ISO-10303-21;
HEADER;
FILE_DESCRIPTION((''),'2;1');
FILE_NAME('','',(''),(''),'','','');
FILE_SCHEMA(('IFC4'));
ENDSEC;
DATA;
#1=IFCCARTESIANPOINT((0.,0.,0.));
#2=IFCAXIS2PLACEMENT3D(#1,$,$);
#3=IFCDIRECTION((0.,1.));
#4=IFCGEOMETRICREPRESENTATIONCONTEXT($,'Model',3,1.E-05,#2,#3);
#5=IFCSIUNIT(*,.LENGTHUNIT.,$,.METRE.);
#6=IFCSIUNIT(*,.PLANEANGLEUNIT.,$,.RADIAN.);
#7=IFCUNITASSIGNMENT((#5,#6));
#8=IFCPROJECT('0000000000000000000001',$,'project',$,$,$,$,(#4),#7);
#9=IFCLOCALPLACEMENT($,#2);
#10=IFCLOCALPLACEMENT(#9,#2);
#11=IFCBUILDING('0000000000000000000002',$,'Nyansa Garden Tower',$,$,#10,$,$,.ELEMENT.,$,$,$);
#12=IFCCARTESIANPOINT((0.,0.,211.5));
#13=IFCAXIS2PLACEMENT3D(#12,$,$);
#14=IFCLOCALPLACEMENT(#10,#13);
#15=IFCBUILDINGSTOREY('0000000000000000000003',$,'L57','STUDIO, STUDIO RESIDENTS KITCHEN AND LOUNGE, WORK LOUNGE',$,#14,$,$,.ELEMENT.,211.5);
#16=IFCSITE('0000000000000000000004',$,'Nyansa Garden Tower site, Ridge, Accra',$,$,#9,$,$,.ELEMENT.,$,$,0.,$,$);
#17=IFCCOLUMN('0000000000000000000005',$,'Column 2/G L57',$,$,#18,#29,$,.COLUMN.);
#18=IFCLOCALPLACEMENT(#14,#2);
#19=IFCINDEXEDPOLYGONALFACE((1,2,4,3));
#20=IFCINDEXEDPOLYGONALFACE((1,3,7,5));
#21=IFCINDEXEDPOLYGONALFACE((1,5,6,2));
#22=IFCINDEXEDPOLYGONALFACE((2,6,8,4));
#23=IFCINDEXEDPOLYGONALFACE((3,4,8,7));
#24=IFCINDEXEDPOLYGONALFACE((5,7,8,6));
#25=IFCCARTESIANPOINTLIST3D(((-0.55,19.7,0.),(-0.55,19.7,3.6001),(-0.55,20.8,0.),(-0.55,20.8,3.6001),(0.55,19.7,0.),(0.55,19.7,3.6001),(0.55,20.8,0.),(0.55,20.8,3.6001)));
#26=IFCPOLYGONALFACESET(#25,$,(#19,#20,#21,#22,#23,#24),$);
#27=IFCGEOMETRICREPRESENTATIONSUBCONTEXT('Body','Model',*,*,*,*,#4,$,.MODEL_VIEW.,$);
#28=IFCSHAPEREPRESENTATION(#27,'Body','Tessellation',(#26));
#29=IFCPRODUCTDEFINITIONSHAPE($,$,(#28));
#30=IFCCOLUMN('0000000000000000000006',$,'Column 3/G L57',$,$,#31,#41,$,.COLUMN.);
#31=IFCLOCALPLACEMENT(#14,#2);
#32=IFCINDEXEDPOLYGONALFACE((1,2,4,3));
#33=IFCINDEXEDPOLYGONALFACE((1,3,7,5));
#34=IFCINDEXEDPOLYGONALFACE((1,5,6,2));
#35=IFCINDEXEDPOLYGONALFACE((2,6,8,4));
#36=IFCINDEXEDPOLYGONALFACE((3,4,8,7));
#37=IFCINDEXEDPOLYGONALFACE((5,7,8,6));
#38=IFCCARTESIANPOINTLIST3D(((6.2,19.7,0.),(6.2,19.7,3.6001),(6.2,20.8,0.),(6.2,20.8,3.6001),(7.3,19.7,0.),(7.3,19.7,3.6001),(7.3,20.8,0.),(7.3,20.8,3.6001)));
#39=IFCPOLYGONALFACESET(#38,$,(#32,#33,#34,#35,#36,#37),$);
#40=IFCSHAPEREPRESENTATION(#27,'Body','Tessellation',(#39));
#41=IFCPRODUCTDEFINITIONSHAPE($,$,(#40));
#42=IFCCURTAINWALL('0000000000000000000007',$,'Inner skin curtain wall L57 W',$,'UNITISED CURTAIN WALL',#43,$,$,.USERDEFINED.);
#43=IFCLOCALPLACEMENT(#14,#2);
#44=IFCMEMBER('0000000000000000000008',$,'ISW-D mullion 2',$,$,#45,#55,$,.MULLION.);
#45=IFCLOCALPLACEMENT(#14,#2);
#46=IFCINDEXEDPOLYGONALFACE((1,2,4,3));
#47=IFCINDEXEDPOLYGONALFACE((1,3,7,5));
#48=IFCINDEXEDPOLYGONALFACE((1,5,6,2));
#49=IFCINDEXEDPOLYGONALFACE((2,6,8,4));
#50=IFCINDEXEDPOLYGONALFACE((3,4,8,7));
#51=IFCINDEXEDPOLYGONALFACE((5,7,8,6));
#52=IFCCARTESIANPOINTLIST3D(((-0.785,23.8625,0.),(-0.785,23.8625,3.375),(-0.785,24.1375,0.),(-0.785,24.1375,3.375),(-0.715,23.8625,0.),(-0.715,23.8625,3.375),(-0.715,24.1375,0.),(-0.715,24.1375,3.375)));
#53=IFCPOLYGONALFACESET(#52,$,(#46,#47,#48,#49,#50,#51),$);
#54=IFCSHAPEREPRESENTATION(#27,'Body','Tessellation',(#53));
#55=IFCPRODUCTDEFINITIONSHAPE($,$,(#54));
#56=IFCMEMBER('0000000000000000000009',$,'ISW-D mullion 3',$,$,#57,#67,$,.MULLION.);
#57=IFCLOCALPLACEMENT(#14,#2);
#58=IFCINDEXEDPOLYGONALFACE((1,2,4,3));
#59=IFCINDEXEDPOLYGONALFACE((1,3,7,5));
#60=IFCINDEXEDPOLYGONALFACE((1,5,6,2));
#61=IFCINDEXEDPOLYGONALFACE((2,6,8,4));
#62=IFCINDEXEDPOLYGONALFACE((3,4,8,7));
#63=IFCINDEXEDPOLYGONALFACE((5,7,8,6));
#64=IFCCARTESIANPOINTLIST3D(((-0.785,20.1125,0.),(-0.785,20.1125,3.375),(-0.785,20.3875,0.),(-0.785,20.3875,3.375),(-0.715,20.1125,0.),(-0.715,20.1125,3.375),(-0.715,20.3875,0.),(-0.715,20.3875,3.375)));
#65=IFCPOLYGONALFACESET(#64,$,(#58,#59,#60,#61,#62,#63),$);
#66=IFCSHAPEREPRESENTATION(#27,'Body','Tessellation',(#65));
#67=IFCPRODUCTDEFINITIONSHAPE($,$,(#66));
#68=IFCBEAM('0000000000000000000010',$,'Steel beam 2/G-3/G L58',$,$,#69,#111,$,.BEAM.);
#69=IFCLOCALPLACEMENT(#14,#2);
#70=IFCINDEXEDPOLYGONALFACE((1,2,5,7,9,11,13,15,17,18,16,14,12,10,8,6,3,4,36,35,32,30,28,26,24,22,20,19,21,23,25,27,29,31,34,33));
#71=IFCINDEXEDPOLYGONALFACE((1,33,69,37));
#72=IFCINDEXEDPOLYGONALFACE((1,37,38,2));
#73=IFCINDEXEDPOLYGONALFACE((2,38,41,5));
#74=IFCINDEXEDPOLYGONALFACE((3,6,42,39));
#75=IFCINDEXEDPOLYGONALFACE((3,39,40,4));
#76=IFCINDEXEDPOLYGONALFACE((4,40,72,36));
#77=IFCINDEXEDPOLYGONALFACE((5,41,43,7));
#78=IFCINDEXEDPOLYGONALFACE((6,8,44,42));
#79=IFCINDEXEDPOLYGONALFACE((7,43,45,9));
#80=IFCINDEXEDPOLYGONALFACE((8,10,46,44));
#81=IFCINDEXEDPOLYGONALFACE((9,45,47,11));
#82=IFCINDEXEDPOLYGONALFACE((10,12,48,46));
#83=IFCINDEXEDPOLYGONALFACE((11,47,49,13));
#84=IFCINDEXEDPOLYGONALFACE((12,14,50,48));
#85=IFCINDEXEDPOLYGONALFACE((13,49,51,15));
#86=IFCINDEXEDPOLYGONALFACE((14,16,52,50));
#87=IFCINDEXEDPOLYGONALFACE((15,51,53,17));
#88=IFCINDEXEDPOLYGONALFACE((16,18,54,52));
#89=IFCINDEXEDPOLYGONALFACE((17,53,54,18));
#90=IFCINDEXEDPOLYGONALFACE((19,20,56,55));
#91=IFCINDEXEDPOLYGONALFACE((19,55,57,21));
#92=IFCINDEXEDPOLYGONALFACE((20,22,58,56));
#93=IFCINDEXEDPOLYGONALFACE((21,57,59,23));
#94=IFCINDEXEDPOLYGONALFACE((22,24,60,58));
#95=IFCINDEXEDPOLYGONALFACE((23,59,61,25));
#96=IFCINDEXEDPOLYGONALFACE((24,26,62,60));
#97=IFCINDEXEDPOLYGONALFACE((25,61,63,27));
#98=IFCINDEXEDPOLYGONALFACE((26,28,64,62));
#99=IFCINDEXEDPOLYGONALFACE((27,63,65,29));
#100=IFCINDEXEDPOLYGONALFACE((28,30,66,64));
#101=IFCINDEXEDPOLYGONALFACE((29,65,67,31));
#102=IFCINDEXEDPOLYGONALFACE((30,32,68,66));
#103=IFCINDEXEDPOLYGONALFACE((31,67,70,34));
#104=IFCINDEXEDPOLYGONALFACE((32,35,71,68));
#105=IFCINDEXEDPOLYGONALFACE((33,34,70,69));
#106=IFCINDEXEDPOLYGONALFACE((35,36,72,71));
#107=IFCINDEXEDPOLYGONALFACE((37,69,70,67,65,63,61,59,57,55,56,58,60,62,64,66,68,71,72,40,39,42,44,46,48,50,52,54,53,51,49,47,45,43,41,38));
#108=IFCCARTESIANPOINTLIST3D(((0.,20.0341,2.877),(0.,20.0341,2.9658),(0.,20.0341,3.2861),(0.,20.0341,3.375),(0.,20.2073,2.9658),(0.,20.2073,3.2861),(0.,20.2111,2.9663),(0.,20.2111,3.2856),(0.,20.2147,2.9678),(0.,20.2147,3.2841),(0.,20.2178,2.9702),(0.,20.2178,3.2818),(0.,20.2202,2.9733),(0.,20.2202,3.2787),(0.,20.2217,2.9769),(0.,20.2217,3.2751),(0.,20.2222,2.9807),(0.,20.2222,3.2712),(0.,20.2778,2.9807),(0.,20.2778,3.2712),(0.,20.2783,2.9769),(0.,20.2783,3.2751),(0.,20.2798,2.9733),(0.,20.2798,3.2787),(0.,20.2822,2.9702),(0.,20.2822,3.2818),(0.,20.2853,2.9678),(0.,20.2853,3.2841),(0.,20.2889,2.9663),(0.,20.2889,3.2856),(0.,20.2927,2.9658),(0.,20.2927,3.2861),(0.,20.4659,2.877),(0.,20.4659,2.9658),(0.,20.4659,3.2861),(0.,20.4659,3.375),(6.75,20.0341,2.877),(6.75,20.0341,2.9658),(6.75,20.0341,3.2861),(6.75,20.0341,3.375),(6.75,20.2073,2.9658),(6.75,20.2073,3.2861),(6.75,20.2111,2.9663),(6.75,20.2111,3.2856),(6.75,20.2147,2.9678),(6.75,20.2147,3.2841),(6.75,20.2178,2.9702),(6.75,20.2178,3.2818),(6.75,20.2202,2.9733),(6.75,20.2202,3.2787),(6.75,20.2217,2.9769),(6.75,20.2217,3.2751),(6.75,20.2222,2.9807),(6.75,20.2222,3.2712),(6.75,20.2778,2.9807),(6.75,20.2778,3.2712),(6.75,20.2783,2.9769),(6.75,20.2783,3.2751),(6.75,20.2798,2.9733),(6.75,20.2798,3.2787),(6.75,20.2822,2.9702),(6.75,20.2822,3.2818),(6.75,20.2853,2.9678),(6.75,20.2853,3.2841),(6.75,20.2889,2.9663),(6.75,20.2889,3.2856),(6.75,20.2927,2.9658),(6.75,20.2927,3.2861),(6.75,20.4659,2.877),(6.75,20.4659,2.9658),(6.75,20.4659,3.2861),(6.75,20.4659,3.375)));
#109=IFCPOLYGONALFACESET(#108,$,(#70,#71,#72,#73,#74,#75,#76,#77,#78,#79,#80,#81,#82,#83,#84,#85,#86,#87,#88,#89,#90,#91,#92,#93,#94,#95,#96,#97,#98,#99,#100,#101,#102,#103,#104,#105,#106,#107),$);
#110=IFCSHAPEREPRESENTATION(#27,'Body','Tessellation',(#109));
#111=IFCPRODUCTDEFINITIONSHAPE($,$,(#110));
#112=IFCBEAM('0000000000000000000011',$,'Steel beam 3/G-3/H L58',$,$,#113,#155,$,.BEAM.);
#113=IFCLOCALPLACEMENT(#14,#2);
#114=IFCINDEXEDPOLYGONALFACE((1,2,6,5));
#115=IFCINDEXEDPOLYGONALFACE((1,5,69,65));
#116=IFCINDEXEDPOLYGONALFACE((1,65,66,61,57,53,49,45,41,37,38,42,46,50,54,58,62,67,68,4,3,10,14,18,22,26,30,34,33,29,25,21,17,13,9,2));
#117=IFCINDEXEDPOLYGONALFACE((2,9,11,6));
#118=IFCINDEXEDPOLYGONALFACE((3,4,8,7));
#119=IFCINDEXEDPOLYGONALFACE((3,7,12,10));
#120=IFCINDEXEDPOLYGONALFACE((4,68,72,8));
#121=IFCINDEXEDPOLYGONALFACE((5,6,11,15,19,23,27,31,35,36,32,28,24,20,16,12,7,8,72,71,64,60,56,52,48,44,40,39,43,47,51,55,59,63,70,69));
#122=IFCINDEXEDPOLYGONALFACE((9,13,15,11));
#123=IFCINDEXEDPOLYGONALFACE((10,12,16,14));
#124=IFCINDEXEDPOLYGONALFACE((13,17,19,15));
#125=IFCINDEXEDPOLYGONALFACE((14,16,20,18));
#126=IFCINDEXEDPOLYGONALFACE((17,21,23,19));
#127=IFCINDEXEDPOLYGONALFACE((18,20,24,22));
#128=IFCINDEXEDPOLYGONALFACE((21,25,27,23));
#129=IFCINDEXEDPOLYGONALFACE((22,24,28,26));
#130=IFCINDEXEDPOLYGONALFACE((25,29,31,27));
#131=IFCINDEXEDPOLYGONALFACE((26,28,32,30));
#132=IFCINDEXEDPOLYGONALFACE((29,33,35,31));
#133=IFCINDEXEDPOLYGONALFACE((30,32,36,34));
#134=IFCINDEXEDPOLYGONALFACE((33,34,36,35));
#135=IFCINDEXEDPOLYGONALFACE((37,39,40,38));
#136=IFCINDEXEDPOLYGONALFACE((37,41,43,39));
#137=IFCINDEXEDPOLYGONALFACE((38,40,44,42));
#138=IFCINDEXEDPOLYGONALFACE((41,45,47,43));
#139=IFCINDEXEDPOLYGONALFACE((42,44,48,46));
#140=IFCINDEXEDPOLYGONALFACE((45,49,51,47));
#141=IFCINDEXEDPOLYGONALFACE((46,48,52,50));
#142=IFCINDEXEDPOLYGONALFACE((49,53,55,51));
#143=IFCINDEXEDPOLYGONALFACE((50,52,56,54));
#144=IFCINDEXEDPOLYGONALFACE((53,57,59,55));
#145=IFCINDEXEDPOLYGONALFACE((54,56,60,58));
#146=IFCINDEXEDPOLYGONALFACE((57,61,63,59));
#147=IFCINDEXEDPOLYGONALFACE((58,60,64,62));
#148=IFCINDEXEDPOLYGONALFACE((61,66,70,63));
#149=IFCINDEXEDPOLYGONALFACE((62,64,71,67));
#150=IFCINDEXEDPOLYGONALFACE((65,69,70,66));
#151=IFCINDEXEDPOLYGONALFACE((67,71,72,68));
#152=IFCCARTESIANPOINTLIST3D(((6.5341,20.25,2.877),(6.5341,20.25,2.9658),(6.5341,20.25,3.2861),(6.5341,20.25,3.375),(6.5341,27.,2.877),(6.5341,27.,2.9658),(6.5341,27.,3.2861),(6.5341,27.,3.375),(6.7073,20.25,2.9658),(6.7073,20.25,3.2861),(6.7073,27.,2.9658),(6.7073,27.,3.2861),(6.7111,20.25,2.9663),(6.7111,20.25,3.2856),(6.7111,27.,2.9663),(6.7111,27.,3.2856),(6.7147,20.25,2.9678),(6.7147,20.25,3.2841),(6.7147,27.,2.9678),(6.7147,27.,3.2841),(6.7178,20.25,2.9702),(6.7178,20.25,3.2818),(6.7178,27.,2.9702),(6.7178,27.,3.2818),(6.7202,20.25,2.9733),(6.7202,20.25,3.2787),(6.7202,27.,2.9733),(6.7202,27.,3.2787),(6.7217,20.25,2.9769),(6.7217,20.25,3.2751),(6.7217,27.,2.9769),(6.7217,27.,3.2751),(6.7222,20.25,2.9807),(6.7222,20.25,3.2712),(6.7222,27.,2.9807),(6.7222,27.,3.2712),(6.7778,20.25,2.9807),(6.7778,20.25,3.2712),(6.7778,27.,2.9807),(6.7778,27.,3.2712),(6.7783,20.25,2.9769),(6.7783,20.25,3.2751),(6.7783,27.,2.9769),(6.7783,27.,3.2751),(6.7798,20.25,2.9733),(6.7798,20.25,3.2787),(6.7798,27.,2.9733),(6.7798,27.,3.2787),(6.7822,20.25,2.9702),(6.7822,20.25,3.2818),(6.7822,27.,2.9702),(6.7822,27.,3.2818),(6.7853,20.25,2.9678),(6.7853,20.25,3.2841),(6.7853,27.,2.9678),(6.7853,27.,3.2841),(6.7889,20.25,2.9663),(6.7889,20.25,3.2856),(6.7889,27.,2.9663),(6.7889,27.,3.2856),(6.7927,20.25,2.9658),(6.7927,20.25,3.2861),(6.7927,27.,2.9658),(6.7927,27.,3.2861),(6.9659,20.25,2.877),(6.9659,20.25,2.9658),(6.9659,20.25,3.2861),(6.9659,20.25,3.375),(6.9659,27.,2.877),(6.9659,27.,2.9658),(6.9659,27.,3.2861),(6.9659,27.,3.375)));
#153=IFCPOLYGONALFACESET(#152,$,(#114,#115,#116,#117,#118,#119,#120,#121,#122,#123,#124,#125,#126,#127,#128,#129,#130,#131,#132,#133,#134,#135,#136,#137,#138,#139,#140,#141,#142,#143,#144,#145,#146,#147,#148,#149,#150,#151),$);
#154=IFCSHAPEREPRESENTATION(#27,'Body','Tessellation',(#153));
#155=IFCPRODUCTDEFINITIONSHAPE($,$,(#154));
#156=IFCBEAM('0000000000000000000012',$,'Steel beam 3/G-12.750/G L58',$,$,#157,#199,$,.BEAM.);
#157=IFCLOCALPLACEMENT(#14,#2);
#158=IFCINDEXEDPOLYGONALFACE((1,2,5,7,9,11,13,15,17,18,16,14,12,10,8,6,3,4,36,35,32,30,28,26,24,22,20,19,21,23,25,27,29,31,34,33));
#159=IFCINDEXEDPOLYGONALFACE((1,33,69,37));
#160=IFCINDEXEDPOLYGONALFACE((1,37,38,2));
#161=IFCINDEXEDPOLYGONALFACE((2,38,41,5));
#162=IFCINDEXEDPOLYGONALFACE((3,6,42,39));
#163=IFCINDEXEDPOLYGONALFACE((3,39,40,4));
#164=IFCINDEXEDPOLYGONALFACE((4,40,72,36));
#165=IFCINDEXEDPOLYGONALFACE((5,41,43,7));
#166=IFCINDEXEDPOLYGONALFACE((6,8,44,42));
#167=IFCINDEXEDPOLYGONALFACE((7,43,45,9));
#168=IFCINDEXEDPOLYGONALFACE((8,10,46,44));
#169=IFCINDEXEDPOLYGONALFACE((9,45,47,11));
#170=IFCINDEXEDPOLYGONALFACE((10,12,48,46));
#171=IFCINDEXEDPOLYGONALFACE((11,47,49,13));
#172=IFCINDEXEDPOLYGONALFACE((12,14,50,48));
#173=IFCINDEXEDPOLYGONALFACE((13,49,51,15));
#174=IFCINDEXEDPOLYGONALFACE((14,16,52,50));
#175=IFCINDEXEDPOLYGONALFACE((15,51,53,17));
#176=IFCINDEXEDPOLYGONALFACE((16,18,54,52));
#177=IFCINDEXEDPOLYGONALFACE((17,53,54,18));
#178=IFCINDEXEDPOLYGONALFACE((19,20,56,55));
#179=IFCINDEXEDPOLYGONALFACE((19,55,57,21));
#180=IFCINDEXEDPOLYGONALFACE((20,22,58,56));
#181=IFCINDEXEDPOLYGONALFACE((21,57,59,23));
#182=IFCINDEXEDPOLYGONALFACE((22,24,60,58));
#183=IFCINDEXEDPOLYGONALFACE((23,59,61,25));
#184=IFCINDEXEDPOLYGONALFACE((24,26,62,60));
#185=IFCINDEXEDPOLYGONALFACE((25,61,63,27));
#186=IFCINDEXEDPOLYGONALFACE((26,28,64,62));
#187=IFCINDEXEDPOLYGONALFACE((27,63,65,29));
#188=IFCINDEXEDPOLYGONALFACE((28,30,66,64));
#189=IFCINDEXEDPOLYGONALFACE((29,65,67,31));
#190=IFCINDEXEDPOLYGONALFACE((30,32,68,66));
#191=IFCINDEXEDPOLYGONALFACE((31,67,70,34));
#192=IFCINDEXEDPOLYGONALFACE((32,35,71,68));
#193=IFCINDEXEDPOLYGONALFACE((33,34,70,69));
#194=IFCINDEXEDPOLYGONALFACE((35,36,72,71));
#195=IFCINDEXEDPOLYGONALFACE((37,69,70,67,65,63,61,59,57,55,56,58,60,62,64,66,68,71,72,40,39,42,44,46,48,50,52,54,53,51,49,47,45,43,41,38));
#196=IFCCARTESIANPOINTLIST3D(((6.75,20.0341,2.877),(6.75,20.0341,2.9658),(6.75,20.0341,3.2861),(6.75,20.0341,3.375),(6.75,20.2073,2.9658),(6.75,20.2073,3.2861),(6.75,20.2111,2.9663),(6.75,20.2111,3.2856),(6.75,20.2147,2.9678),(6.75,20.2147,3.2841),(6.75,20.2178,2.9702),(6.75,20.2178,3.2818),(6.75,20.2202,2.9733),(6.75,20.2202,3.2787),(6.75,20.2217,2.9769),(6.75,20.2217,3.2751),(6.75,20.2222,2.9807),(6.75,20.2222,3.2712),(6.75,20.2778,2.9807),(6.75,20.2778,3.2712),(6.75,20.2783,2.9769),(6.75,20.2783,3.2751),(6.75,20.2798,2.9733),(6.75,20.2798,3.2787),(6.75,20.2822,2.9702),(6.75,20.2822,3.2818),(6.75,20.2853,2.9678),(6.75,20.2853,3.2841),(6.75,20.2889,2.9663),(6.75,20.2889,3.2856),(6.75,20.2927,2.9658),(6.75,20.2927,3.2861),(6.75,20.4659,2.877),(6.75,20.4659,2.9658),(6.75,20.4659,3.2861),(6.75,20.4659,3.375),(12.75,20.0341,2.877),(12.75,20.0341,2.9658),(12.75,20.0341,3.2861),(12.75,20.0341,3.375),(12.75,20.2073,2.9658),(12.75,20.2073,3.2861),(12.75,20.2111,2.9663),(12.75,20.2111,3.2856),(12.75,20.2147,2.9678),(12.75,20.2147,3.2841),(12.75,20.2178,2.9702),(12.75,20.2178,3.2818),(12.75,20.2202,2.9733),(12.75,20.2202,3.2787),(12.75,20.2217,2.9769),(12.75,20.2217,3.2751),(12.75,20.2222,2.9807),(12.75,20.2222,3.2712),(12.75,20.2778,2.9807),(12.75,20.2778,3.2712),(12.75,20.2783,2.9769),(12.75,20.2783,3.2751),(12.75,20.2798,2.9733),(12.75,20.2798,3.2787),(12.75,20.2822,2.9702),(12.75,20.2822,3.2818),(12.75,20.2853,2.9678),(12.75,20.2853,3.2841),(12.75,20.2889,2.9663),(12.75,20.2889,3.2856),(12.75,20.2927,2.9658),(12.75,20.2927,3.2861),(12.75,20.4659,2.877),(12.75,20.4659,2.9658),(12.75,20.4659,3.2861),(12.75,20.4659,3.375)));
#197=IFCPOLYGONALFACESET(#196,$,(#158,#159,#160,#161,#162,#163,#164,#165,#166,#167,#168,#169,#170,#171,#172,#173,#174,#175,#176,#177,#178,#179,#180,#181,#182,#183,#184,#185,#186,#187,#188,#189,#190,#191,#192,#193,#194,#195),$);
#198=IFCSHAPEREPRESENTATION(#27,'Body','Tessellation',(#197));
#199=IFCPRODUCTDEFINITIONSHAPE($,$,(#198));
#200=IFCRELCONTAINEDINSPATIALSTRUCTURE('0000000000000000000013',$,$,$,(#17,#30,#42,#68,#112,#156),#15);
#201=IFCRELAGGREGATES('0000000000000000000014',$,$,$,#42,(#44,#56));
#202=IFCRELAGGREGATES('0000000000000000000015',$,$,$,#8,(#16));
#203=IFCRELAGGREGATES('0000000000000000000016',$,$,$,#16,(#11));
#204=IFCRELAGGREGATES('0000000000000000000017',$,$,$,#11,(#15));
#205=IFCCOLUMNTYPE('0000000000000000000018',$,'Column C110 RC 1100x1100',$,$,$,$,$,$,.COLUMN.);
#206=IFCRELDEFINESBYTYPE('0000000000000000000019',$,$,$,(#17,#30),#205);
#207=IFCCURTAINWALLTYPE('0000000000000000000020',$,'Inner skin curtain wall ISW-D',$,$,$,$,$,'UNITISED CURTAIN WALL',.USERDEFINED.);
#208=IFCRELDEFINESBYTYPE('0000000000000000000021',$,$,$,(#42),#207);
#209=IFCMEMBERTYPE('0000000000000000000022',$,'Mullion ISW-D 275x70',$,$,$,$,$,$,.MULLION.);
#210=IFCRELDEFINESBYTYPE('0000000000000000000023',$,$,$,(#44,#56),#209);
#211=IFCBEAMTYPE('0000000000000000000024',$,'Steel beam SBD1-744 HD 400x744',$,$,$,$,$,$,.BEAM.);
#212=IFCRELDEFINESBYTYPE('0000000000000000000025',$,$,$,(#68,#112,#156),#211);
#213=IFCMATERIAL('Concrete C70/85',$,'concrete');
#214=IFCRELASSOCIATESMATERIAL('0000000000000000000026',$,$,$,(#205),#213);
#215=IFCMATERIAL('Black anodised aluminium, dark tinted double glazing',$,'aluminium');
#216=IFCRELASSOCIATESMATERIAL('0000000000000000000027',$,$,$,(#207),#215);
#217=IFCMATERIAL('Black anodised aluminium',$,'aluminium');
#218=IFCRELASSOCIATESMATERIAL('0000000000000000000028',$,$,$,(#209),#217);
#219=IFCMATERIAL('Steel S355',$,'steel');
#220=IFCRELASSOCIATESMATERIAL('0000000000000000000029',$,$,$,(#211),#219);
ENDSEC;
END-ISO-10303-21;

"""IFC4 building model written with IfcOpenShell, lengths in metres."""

from ifc_helpers import new_model, si_unit, direction, frame, origin, origin_2d, place, context, subcontext, project, spatial, rectangle, i_section, extrude, material, material_profile, profile_set, type_object, element, aggregate, save


model = new_model("IFC4")

# Units and contexts
model_context = context("Model", 3, precision=1e-05, world=origin(), true_north=direction((0.0, 1.0)))
body_context = subcontext(model_context, "Body", "Model", "MODEL_VIEW")
ifc_project = project(units=[si_unit("LENGTHUNIT", "METRE"), si_unit("PLANEANGLEUNIT", "RADIAN")], contexts=[model_context])

# Site, building, storey
site_placement = place(None, origin())
site = spatial("IfcSite", under=ifc_project, at=site_placement, Name="Nyansa Garden Tower site, Ridge, Accra", CompositionType="ELEMENT", RefElevation=0.0)
building_placement = place(site_placement, origin())
building = spatial("IfcBuilding", under=site, at=building_placement, Name="Nyansa Garden Tower", CompositionType="ELEMENT")
storey_placement = place(building_placement, frame((0.0, 0.0, 211.5)))
storey = spatial("IfcBuildingStorey", under=building, at=storey_placement, Name="L57", Description="STUDIO, STUDIO RESIDENTS KITCHEN AND LOUNGE, WORK LOUNGE", CompositionType="ELEMENT", Elevation=211.5)

# Columns
ifc_material_1 = material(Name="Concrete C70/85", Category="concrete")
ifc_material_profile_1 = material_profile(ifc_material_1, rectangle(XDim=1.1001, YDim=1.1001, at=origin_2d()), Name="RC 1100x1100")
ifc_profile_set_1 = profile_set([ifc_material_profile_1], Name="Concrete C70/85")
column_type = type_object("IfcColumnType", Name="Column C110 RC 1100x1100", PredefinedType="COLUMN", material=ifc_profile_set_1)
for number, where, z_axis, x_axis, name in (
    (1, (0.0, 20.25, 0.0), (0.0, 0.0, 1.0), (1.0, 0.0, 0.0), "Column 2/G L57"),
    (2, (6.75, 20.25, 0.0), (0.0, 0.0, 1.0), (1.0, 0.0, 0.0), "Column 3/G L57"),
):
    element("IfcColumn", number, at=place(storey_placement, frame(where, z_axis=z_axis, x_axis=x_axis)), inside=storey, type_object=column_type, Name=name, PredefinedType="COLUMN", context=body_context, shape_type="SweptSolid", body=[
        extrude(rectangle(XDim=1.1001, YDim=1.1001, at=origin_2d()), origin(), (0.0, 0.0, 1.0), 3.6001),
    ])

# Curtain wall, members
ifc_material_2 = material(Name="Black anodised aluminium, dark tinted double glazing", Category="aluminium")
curtain_wall_type = type_object("IfcCurtainWallType", Name="Inner skin curtain wall ISW-D", ElementType="UNITISED CURTAIN WALL", PredefinedType="USERDEFINED", material=ifc_material_2)
curtain_wall_placement = place(storey_placement, origin())
curtain_wall = element("IfcCurtainWall", 3, at=curtain_wall_placement, inside=storey, type_object=curtain_wall_type, Name="Inner skin curtain wall L57 W", ObjectType="UNITISED CURTAIN WALL", PredefinedType="USERDEFINED")
ifc_material_3 = material(Name="Black anodised aluminium", Category="aluminium")
ifc_material_profile_2 = material_profile(ifc_material_3, rectangle(XDim=0.0701, YDim=0.2749, at=origin_2d()), Name="Mullion 275x70")
ifc_profile_set_2 = profile_set([ifc_material_profile_2], Name="Black anodised aluminium")
member_type_1 = type_object("IfcMemberType", Name="Mullion ISW-D 275x70", PredefinedType="MULLION", material=ifc_profile_set_2)
member_1_placement = place(storey_placement, frame((-0.75, 24.0, 0.0), z_axis=(0.0, 0.0, 1.0), x_axis=(1.0, 0.0, 0.0)))
member_1 = element("IfcMember", 4, at=member_1_placement, type_object=member_type_1, Name="ISW-D mullion 2", PredefinedType="MULLION", context=body_context, shape_type="SweptSolid", body=[
    extrude(rectangle(XDim=0.0701, YDim=0.2749, at=origin_2d()), origin(), (0.0, 0.0, 1.0), 3.375),
])
member_2_placement = place(storey_placement, frame((-0.75, 20.25, 0.0), z_axis=(0.0, 0.0, 1.0), x_axis=(1.0, 0.0, 0.0)))
member_2 = element("IfcMember", 5, at=member_2_placement, type_object=member_type_1, Name="ISW-D mullion 3", PredefinedType="MULLION", context=body_context, shape_type="SweptSolid", body=[
    extrude(rectangle(XDim=0.0701, YDim=0.2749, at=origin_2d()), origin(), (0.0, 0.0, 1.0), 3.375),
])

# Beams
ifc_material_4 = material(Name="Steel S355", Category="steel")
ifc_material_profile_3 = material_profile(ifc_material_4, i_section(OverallWidth=0.4319, OverallDepth=0.498, WebThickness=0.0557, FlangeThickness=0.0889, FilletRadius=0.0149, at=origin_2d()), Name="HD 400x744")
ifc_profile_set_3 = profile_set([ifc_material_profile_3], Name="Steel S355")
beam_type_1 = type_object("IfcBeamType", Name="Steel beam SBD1-744 HD 400x744", PredefinedType="BEAM", material=ifc_profile_set_3)
for number, where, z_axis, x_axis, name in (
    (6, (0.0, 20.25, 3.126), (1.0, 0.0, 0.0), (0.0, 1.0, 0.0), "Steel beam 2/G-3/G L58"),
    (7, (6.75, 20.25, 3.126), (0.0, 1.0, 0.0), (-1.0, 0.0, 0.0), "Steel beam 3/G-3/H L58"),
):
    element("IfcBeam", number, at=place(storey_placement, frame(where, z_axis=z_axis, x_axis=x_axis)), inside=storey, type_object=beam_type_1, Name=name, PredefinedType="BEAM", context=body_context, shape_type="SweptSolid", body=[
        extrude(i_section(OverallWidth=0.4319, OverallDepth=0.498, WebThickness=0.0557, FlangeThickness=0.0889, FilletRadius=0.0149, at=origin_2d()), origin(), (0.0, 0.0, 1.0), 6.75),
    ])
beam_1_placement = place(storey_placement, frame((6.75, 20.25, 3.126), z_axis=(1.0, 0.0, 0.0), x_axis=(0.0, 1.0, 0.0)))
element("IfcBeam", 8, at=beam_1_placement, inside=storey, type_object=beam_type_1, Name="Steel beam 3/G-12.750/G L58", PredefinedType="BEAM", context=body_context, shape_type="SweptSolid", body=[
    extrude(i_section(OverallWidth=0.4319, OverallDepth=0.498, WebThickness=0.0557, FlangeThickness=0.0889, FilletRadius=0.0149, at=origin_2d()), origin(), (0.0, 0.0, 1.0), 6.0),
])

aggregate(curtain_wall, [member_1, member_2])

save(model, "model.ifc")
